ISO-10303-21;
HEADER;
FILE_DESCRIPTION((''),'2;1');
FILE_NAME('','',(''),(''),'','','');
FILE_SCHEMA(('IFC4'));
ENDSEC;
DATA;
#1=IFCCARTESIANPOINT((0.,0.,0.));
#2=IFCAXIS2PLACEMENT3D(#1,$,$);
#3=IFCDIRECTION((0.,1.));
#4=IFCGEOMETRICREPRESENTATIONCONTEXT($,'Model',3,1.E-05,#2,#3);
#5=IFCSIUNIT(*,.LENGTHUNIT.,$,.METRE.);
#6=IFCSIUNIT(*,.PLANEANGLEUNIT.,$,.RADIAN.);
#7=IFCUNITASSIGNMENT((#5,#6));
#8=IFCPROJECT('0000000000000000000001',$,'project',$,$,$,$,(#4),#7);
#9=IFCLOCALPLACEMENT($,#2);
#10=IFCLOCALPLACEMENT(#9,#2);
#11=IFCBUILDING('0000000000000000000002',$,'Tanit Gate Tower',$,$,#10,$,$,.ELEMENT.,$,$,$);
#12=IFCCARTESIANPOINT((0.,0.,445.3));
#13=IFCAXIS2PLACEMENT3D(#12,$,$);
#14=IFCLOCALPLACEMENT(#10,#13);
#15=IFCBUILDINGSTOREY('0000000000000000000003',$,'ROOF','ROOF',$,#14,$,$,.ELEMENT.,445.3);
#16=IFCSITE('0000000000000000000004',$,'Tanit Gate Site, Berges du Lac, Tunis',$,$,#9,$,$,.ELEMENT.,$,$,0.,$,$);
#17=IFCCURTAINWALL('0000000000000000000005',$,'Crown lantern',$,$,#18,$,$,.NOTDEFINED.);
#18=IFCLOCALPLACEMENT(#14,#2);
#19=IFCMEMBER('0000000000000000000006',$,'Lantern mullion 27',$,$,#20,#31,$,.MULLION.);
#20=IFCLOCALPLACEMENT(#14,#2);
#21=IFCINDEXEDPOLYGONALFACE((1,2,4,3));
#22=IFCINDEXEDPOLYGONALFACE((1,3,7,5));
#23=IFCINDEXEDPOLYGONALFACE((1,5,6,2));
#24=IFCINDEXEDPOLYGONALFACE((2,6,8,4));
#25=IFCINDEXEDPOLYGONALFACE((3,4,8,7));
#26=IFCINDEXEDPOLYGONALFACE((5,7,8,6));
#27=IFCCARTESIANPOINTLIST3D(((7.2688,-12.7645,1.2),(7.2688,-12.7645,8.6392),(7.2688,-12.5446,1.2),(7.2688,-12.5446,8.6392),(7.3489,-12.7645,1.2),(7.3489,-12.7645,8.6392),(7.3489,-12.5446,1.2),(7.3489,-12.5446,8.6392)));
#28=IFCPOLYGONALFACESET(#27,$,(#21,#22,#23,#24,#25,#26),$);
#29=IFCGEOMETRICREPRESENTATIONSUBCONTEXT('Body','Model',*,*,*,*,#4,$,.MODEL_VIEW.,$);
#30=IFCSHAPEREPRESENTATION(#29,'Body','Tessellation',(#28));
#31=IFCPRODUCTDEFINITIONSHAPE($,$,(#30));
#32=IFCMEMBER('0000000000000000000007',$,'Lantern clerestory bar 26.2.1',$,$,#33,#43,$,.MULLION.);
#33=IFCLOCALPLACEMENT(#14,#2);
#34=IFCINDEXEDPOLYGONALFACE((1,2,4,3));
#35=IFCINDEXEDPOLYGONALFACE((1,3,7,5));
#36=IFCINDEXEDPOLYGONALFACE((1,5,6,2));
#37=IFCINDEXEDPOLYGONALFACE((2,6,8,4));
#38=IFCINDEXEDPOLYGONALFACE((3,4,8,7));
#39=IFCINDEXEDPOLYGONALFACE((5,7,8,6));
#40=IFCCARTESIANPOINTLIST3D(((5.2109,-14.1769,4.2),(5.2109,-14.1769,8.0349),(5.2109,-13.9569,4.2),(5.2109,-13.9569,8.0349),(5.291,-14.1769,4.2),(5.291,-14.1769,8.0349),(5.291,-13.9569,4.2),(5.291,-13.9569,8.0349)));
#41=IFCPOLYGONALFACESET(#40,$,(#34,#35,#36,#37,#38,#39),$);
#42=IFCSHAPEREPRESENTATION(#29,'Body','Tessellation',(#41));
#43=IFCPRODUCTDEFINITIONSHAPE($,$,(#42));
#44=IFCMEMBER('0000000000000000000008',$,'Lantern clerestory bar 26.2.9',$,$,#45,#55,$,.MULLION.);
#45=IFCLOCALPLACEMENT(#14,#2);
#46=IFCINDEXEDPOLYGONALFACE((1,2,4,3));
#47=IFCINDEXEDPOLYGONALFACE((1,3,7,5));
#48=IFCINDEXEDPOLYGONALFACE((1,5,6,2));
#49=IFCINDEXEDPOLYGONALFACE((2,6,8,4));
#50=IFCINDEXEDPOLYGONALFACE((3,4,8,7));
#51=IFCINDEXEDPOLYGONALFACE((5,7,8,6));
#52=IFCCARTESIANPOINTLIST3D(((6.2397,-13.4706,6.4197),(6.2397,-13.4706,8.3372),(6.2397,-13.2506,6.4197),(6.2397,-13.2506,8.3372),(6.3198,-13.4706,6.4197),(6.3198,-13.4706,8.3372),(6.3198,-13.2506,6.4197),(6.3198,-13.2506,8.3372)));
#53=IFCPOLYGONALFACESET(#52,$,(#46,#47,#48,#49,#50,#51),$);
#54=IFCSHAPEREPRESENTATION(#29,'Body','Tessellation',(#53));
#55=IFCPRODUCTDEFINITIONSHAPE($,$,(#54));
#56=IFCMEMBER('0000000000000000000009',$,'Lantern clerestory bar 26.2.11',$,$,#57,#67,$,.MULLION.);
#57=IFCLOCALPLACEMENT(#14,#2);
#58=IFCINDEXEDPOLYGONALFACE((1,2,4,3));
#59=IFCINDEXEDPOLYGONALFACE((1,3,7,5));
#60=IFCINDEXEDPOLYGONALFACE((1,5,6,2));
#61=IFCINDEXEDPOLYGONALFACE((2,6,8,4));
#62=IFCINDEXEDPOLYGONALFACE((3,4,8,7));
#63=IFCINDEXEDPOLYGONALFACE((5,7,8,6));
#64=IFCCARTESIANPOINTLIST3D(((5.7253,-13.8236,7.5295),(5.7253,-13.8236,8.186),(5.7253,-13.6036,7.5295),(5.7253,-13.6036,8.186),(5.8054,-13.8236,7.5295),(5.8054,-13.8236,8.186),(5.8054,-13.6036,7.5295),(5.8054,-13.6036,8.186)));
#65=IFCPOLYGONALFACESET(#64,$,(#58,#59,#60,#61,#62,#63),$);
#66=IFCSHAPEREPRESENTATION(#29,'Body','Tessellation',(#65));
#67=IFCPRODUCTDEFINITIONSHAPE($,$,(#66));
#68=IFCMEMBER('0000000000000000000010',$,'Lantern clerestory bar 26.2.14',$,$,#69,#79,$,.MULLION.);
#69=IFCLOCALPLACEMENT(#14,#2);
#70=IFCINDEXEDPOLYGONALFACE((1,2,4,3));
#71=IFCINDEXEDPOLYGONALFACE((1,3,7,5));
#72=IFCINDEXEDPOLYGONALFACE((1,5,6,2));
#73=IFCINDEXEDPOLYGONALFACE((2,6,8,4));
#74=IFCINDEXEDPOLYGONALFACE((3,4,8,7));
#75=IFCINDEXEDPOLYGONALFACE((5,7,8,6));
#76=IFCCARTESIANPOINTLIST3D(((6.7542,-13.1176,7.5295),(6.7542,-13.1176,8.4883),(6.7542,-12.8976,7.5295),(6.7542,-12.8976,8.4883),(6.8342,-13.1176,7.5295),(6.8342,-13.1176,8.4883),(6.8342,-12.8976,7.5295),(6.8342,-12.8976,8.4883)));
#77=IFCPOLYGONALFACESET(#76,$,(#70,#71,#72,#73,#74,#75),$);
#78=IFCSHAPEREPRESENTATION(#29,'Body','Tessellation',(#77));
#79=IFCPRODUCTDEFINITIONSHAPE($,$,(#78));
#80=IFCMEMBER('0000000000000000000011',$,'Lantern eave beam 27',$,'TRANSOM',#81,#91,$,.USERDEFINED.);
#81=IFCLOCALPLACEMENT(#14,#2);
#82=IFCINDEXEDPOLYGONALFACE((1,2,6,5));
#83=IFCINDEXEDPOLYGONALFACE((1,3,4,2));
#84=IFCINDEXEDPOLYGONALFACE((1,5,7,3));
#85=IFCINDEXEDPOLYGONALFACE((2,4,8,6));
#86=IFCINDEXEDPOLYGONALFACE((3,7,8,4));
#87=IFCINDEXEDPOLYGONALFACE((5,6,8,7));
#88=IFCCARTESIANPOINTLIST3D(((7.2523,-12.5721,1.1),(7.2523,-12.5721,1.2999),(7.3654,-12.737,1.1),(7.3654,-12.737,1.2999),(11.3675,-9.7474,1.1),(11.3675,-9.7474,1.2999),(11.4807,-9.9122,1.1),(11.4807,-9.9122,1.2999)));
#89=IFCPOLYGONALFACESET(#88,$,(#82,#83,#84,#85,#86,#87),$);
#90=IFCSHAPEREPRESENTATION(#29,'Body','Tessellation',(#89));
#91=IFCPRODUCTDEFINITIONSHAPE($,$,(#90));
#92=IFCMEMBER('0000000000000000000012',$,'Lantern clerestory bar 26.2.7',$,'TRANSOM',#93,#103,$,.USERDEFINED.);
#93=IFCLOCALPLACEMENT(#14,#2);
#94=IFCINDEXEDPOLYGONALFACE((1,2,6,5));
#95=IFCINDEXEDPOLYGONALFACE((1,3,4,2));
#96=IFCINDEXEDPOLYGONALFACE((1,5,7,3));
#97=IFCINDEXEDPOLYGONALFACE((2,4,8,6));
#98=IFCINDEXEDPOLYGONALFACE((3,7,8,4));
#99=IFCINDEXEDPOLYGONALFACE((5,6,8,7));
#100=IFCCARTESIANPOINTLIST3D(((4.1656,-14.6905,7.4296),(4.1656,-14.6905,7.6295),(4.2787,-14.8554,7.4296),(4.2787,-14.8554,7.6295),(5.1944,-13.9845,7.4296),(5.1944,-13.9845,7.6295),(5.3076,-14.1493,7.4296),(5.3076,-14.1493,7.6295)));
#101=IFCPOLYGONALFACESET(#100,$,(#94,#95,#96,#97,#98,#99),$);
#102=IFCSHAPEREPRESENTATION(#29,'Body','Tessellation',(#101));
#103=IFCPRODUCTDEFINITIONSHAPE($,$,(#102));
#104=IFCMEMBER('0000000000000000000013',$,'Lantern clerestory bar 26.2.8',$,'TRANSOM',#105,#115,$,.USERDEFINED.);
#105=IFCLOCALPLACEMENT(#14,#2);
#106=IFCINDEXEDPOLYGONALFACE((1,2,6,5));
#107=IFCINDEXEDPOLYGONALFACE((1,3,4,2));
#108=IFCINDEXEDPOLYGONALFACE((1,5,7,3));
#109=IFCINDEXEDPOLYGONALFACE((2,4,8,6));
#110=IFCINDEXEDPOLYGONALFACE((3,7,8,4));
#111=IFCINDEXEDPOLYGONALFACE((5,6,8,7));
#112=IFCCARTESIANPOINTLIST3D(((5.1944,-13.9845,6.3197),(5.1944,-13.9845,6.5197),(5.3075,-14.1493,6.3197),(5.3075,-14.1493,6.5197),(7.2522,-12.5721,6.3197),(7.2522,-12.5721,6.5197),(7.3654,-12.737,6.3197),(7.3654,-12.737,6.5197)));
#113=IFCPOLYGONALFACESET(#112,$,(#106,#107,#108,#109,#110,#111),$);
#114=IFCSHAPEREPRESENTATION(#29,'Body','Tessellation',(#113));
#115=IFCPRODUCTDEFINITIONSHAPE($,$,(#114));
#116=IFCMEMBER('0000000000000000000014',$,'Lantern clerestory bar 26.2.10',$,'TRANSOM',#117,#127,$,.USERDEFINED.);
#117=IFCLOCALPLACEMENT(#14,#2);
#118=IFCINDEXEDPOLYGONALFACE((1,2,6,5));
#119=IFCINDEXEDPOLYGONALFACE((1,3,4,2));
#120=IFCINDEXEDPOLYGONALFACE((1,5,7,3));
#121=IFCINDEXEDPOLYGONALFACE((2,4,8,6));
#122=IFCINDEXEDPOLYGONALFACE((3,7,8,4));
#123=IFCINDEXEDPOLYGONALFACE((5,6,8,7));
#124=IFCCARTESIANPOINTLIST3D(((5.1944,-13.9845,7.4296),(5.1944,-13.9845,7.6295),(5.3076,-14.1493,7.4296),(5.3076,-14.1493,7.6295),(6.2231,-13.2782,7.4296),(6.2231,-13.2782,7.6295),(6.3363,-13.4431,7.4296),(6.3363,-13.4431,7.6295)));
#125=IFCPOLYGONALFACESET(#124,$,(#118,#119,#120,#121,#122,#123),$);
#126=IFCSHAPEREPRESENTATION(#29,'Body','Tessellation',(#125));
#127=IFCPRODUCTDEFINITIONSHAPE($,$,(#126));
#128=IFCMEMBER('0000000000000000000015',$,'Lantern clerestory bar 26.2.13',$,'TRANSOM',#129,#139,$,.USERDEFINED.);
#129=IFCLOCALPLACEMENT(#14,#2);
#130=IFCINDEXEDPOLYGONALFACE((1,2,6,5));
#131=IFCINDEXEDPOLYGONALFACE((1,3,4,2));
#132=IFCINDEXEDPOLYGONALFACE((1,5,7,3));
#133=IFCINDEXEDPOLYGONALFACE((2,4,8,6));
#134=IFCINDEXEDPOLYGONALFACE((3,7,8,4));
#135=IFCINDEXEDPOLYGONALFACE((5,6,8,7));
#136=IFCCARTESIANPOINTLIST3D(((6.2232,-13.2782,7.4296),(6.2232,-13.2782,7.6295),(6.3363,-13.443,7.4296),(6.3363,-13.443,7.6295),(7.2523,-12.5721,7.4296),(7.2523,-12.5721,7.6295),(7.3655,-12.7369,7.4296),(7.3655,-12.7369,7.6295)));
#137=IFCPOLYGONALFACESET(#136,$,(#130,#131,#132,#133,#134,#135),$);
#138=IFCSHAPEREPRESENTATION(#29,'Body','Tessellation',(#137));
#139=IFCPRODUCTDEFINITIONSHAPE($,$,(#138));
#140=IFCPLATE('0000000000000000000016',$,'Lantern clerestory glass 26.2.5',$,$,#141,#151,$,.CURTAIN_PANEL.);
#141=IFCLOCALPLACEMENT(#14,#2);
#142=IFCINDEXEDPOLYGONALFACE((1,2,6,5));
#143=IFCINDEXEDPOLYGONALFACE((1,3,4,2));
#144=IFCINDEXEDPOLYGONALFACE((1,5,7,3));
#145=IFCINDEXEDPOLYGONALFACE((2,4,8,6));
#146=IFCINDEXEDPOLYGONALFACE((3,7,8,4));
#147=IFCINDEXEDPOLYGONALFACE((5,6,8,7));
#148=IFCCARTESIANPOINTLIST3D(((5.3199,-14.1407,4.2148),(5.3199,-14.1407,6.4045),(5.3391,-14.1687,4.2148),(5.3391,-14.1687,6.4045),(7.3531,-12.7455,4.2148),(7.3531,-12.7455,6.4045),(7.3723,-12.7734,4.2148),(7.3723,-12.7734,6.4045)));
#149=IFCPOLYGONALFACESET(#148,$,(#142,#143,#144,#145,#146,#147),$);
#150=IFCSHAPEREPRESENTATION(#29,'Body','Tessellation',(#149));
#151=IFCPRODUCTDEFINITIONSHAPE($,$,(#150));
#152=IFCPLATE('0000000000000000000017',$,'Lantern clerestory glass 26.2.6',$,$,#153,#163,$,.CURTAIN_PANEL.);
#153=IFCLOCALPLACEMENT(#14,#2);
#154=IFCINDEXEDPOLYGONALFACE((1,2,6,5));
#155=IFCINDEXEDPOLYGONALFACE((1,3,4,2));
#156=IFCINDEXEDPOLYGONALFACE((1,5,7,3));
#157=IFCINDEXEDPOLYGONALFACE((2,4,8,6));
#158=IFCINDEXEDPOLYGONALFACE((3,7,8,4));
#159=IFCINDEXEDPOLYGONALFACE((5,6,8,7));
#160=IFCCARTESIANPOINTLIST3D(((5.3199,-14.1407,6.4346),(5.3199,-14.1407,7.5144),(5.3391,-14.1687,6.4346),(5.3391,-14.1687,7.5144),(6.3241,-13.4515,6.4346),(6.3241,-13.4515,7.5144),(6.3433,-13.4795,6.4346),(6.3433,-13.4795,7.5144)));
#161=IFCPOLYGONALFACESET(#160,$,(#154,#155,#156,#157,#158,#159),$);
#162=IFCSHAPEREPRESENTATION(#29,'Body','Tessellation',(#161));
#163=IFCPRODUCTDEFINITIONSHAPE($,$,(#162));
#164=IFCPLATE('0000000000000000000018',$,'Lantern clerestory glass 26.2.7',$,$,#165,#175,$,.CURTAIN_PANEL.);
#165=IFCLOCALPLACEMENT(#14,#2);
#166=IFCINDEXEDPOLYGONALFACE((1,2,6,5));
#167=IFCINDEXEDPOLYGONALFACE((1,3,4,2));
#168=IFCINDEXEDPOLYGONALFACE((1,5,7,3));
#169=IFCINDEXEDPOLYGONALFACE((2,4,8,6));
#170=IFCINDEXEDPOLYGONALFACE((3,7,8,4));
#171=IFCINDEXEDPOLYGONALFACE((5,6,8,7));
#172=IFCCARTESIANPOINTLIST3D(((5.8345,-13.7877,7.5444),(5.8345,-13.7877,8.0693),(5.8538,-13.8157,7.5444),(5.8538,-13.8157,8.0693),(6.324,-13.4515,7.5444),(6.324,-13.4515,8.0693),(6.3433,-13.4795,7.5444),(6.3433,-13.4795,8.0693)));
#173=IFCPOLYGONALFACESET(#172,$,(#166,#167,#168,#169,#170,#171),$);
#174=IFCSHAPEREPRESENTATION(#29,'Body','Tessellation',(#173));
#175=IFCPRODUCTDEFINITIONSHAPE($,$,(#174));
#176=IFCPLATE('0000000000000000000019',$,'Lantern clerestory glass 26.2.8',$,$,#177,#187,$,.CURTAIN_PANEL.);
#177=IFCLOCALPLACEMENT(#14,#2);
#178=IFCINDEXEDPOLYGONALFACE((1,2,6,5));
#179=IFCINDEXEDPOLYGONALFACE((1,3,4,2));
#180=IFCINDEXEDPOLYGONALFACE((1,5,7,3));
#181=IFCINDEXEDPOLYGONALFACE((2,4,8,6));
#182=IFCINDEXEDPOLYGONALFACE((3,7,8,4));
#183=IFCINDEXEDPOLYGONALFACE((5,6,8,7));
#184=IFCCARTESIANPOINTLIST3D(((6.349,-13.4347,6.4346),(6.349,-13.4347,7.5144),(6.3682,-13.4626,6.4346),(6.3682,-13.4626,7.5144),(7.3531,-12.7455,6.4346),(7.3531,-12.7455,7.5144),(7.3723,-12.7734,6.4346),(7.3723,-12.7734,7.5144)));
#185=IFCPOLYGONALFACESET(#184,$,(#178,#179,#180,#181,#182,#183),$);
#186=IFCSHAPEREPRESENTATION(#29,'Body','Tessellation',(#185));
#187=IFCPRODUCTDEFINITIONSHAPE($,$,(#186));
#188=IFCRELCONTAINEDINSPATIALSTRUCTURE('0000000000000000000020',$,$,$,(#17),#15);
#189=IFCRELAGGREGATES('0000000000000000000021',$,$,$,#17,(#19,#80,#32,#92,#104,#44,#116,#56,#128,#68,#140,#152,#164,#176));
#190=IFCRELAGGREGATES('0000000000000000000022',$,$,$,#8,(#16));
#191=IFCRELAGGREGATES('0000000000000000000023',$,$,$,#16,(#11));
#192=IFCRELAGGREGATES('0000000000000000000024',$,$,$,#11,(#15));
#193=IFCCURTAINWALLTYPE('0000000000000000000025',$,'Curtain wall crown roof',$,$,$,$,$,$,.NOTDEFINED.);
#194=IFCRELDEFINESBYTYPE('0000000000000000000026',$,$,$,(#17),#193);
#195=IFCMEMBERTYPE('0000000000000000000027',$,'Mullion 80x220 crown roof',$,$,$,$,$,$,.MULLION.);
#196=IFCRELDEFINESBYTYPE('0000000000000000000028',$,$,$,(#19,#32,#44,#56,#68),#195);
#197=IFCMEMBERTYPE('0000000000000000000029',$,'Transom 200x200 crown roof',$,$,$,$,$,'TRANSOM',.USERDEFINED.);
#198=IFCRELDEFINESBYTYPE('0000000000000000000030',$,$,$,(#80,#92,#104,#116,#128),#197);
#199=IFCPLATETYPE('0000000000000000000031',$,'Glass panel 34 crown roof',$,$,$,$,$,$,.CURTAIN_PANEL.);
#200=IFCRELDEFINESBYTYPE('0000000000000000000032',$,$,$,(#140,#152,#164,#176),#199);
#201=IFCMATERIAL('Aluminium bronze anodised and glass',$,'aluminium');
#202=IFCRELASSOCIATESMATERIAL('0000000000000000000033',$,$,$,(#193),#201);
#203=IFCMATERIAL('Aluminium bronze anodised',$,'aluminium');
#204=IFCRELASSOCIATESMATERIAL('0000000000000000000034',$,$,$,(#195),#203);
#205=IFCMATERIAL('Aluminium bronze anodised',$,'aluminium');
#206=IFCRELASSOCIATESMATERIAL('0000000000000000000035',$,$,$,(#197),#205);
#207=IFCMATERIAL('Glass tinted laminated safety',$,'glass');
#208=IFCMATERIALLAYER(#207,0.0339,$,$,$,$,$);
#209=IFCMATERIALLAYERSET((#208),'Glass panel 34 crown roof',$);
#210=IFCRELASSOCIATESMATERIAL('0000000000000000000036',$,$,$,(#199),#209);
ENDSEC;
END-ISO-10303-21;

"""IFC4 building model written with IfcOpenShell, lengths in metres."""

from ifc_helpers import new_model, si_unit, direction, frame, origin, origin_2d, place, context, subcontext, project, spatial, polyline, rectangle, outline, extrude, material, layer, layer_set, material_profile, profile_set, type_object, element, aggregate, save


model = new_model("IFC4")

# Units and contexts
model_context = context("Model", 3, precision=1e-05, world=origin(), true_north=direction((0.0, 1.0)))
body_context = subcontext(model_context, "Body", "Model", "MODEL_VIEW")
ifc_project = project(units=[si_unit("LENGTHUNIT", "METRE"), si_unit("PLANEANGLEUNIT", "RADIAN")], contexts=[model_context])

# Site, building, storey
site_placement = place(None, origin())
site = spatial("IfcSite", under=ifc_project, at=site_placement, Name="Tanit Gate Site, Berges du Lac, Tunis", CompositionType="ELEMENT", RefElevation=0.0)
building_placement = place(site_placement, origin())
building = spatial("IfcBuilding", under=site, at=building_placement, Name="Tanit Gate Tower", CompositionType="ELEMENT")
storey_placement = place(building_placement, frame((0.0, 0.0, 445.3)))
storey = spatial("IfcBuildingStorey", under=building, at=storey_placement, Name="ROOF", Description="ROOF", CompositionType="ELEMENT", Elevation=445.3)

# Curtain wall, members, plates
ifc_material_1 = material(Name="Aluminium bronze anodised and glass", Category="aluminium")
curtain_wall_type = type_object("IfcCurtainWallType", Name="Curtain wall crown roof", PredefinedType="NOTDEFINED", material=ifc_material_1)
curtain_wall_placement = place(storey_placement, origin())
curtain_wall = element("IfcCurtainWall", 1, at=curtain_wall_placement, inside=storey, type_object=curtain_wall_type, Name="Crown lantern", PredefinedType="NOTDEFINED")
ifc_material_2 = material(Name="Aluminium bronze anodised", Category="aluminium")
ifc_material_profile_1 = material_profile(ifc_material_2, rectangle(XDim=0.0801, YDim=0.22, at=origin_2d()), Name="80x220 bronze rafter")
ifc_profile_set_1 = profile_set([ifc_material_profile_1], Name="Aluminium bronze anodised")
member_type_1 = type_object("IfcMemberType", Name="Mullion 80x220 crown roof", PredefinedType="MULLION", material=ifc_profile_set_1)
member_1_placement = place(storey_placement, frame((7.3088, -12.6545, 1.2), z_axis=(0.0, 0.0, 1.0), x_axis=(1.0, 0.0, 0.0)))
member_1 = element("IfcMember", 2, at=member_1_placement, type_object=member_type_1, Name="Lantern mullion 27", PredefinedType="MULLION", context=body_context, shape_type="SweptSolid", body=[
    extrude(rectangle(XDim=0.0801, YDim=0.22, at=origin_2d()), origin(), (0.0, 0.0, 1.0), 7.4392),
])
member_2_placement = place(storey_placement, frame((5.251, -14.0669, 4.2), z_axis=(0.0, 0.0, 1.0), x_axis=(1.0, 0.0, 0.0)))
member_2 = element("IfcMember", 3, at=member_2_placement, type_object=member_type_1, Name="Lantern clerestory bar 26.2.1", PredefinedType="MULLION", context=body_context, shape_type="SweptSolid", body=[
    extrude(rectangle(XDim=0.0801, YDim=0.22, at=origin_2d()), origin(), (0.0, 0.0, 1.0), 3.835),
])
member_3_placement = place(storey_placement, frame((6.2798, -13.3606, 6.4197), z_axis=(0.0, 0.0, 1.0), x_axis=(1.0, 0.0, 0.0)))
member_3 = element("IfcMember", 4, at=member_3_placement, type_object=member_type_1, Name="Lantern clerestory bar 26.2.9", PredefinedType="MULLION", context=body_context, shape_type="SweptSolid", body=[
    extrude(rectangle(XDim=0.0801, YDim=0.22, at=origin_2d()), origin(), (0.0, 0.0, 1.0), 1.9175),
])
member_4_placement = place(storey_placement, frame((5.7654, -13.7136, 7.5295), z_axis=(0.0, 0.0, 1.0), x_axis=(1.0, 0.0, 0.0)))
member_4 = element("IfcMember", 5, at=member_4_placement, type_object=member_type_1, Name="Lantern clerestory bar 26.2.11", PredefinedType="MULLION", context=body_context, shape_type="SweptSolid", body=[
    extrude(rectangle(XDim=0.0801, YDim=0.22, at=origin_2d()), origin(), (0.0, 0.0, 1.0), 0.6565),
])
member_5_placement = place(storey_placement, frame((6.7942, -13.0076, 7.5295), z_axis=(0.0, 0.0, 1.0), x_axis=(1.0, 0.0, 0.0)))
member_5 = element("IfcMember", 6, at=member_5_placement, type_object=member_type_1, Name="Lantern clerestory bar 26.2.14", PredefinedType="MULLION", context=body_context, shape_type="SweptSolid", body=[
    extrude(rectangle(XDim=0.0801, YDim=0.22, at=origin_2d()), origin(), (0.0, 0.0, 1.0), 0.9587),
])
ifc_material_3 = material(Name="Aluminium bronze anodised", Category="aluminium")
ifc_material_profile_2 = material_profile(ifc_material_3, rectangle(XDim=0.2, YDim=0.2, at=origin_2d()), Name="200x200 bronze transom")
ifc_profile_set_2 = profile_set([ifc_material_profile_2], Name="Aluminium bronze anodised")
member_type_2 = type_object("IfcMemberType", Name="Transom 200x200 crown roof", ElementType="TRANSOM", PredefinedType="USERDEFINED", material=ifc_profile_set_2)
member_6_placement = place(storey_placement, frame((7.3088, -12.6545, 1.2), z_axis=(0.824464, 0.565914, 0.0), x_axis=(-0.565914, 0.824464, 0.0)))
member_6 = element("IfcMember", 7, at=member_6_placement, type_object=member_type_2, Name="Lantern eave beam 27", ObjectType="TRANSOM", PredefinedType="USERDEFINED", context=body_context, shape_type="SweptSolid", body=[
    extrude(rectangle(XDim=0.2, YDim=0.2, at=origin_2d()), origin(), (0.0, 0.0, 1.0), 4.9915),
])
member_7_placement = place(storey_placement, frame((4.2222, -14.7729, 7.5295), z_axis=(0.82451, 0.565848, 0.0), x_axis=(-0.565848, 0.82451, 0.0)))
member_7 = element("IfcMember", 8, at=member_7_placement, type_object=member_type_2, Name="Lantern clerestory bar 26.2.7", ObjectType="TRANSOM", PredefinedType="USERDEFINED", context=body_context, shape_type="SweptSolid", body=[
    extrude(rectangle(XDim=0.2, YDim=0.2, at=origin_2d()), origin(), (0.0, 0.0, 1.0), 1.2478),
])
member_8_placement = place(storey_placement, frame((5.251, -14.0669, 6.4197), z_axis=(0.824495, 0.565869, 0.0), x_axis=(-0.565869, 0.824495, 0.0)))
member_8 = element("IfcMember", 9, at=member_8_placement, type_object=member_type_2, Name="Lantern clerestory bar 26.2.8", ObjectType="TRANSOM", PredefinedType="USERDEFINED", context=body_context, shape_type="SweptSolid", body=[
    extrude(rectangle(XDim=0.2, YDim=0.2, at=origin_2d()), origin(), (0.0, 0.0, 1.0), 2.4958),
])
member_9_placement = place(storey_placement, frame((5.251, -14.0669, 7.5295), z_axis=(0.824418, 0.565981, 0.0), x_axis=(-0.565981, 0.824418, 0.0)))
member_9 = element("IfcMember", 10, at=member_9_placement, type_object=member_type_2, Name="Lantern clerestory bar 26.2.10", ObjectType="TRANSOM", PredefinedType="USERDEFINED", context=body_context, shape_type="SweptSolid", body=[
    extrude(rectangle(XDim=0.2, YDim=0.2, at=origin_2d()), origin(), (0.0, 0.0, 1.0), 1.2478),
])
member_10_placement = place(storey_placement, frame((6.2798, -13.3606, 7.5295), z_axis=(0.824572, 0.565756, 0.0), x_axis=(-0.565756, 0.824572, 0.0)))
member_10 = element("IfcMember", 11, at=member_10_placement, type_object=member_type_2, Name="Lantern clerestory bar 26.2.13", ObjectType="TRANSOM", PredefinedType="USERDEFINED", context=body_context, shape_type="SweptSolid", body=[
    extrude(rectangle(XDim=0.2, YDim=0.2, at=origin_2d()), origin(), (0.0, 0.0, 1.0), 1.248),
])
ifc_material_4 = material(Name="Glass tinted laminated safety", Category="glass")
ifc_layer = layer(ifc_material_4, 0.0339)
ifc_layer_set = layer_set([ifc_layer], Name="Glass panel 34 crown roof")
plate_type = type_object("IfcPlateType", Name="Glass panel 34 crown roof", PredefinedType="CURTAIN_PANEL", material=ifc_layer_set)
plate_1_placement = place(storey_placement, frame((5.3391, -14.1687, 4.2148), z_axis=(0.565823, -0.824527, 0.0), x_axis=(0.824527, 0.565823, 0.0)))
plate_1 = element("IfcPlate", 12, at=plate_1_placement, type_object=plate_type, Name="Lantern clerestory glass 26.2.5", PredefinedType="CURTAIN_PANEL", context=body_context, shape_type="SweptSolid", body=[
    extrude(outline(polyline([(0.0, 0.0), (2.4659, 0.0), (2.4659, 2.1897), (0.0, 2.1897), (0.0, 0.0)])), origin(), (0.0, 0.0, -1.0), 0.0339),
])
plate_2_placement = place(storey_placement, frame((5.3391, -14.1687, 6.4346), z_axis=(0.565891, -0.82448, 0.0), x_axis=(0.82448, 0.565891, 0.0)))
plate_2 = element("IfcPlate", 13, at=plate_2_placement, type_object=plate_type, Name="Lantern clerestory glass 26.2.6", PredefinedType="CURTAIN_PANEL", context=body_context, shape_type="SweptSolid", body=[
    extrude(outline(polyline([(0.0, 0.0), (1.2179, 0.0), (1.2179, 1.0798), (0.0, 1.0798), (0.0, 0.0)])), origin(), (0.0, 0.0, -1.0), 0.0339),
])
plate_3_placement = place(storey_placement, frame((5.8538, -13.8157, 7.5444), z_axis=(0.566127, -0.824318, 0.0), x_axis=(0.824318, 0.566127, 0.0)))
plate_3 = element("IfcPlate", 14, at=plate_3_placement, type_object=plate_type, Name="Lantern clerestory glass 26.2.7", PredefinedType="CURTAIN_PANEL", context=body_context, shape_type="SweptSolid", body=[
    extrude(outline(polyline([(0.0, 0.0), (0.5938, 0.0), (0.5938, 0.5249), (0.0, 0.5249), (0.0, 0.0)])), origin(), (0.0, 0.0, -1.0), 0.0339),
])
plate_4_placement = place(storey_placement, frame((6.3682, -13.4626, 6.4346), z_axis=(0.565891, -0.82448, 0.0), x_axis=(0.82448, 0.565891, 0.0)))
plate_4 = element("IfcPlate", 15, at=plate_4_placement, type_object=plate_type, Name="Lantern clerestory glass 26.2.8", PredefinedType="CURTAIN_PANEL", context=body_context, shape_type="SweptSolid", body=[
    extrude(outline(polyline([(0.0, 0.0), (1.2179, 0.0), (1.2179, 1.0798), (0.0, 1.0798), (0.0, 0.0)])), origin(), (0.0, 0.0, -1.0), 0.0339),
])
aggregate(curtain_wall, [member_1, member_6, member_2, member_7, member_8, member_3, member_9, member_4, member_10, member_5, plate_1, plate_2, plate_3, plate_4])

save(model, "model.ifc")
